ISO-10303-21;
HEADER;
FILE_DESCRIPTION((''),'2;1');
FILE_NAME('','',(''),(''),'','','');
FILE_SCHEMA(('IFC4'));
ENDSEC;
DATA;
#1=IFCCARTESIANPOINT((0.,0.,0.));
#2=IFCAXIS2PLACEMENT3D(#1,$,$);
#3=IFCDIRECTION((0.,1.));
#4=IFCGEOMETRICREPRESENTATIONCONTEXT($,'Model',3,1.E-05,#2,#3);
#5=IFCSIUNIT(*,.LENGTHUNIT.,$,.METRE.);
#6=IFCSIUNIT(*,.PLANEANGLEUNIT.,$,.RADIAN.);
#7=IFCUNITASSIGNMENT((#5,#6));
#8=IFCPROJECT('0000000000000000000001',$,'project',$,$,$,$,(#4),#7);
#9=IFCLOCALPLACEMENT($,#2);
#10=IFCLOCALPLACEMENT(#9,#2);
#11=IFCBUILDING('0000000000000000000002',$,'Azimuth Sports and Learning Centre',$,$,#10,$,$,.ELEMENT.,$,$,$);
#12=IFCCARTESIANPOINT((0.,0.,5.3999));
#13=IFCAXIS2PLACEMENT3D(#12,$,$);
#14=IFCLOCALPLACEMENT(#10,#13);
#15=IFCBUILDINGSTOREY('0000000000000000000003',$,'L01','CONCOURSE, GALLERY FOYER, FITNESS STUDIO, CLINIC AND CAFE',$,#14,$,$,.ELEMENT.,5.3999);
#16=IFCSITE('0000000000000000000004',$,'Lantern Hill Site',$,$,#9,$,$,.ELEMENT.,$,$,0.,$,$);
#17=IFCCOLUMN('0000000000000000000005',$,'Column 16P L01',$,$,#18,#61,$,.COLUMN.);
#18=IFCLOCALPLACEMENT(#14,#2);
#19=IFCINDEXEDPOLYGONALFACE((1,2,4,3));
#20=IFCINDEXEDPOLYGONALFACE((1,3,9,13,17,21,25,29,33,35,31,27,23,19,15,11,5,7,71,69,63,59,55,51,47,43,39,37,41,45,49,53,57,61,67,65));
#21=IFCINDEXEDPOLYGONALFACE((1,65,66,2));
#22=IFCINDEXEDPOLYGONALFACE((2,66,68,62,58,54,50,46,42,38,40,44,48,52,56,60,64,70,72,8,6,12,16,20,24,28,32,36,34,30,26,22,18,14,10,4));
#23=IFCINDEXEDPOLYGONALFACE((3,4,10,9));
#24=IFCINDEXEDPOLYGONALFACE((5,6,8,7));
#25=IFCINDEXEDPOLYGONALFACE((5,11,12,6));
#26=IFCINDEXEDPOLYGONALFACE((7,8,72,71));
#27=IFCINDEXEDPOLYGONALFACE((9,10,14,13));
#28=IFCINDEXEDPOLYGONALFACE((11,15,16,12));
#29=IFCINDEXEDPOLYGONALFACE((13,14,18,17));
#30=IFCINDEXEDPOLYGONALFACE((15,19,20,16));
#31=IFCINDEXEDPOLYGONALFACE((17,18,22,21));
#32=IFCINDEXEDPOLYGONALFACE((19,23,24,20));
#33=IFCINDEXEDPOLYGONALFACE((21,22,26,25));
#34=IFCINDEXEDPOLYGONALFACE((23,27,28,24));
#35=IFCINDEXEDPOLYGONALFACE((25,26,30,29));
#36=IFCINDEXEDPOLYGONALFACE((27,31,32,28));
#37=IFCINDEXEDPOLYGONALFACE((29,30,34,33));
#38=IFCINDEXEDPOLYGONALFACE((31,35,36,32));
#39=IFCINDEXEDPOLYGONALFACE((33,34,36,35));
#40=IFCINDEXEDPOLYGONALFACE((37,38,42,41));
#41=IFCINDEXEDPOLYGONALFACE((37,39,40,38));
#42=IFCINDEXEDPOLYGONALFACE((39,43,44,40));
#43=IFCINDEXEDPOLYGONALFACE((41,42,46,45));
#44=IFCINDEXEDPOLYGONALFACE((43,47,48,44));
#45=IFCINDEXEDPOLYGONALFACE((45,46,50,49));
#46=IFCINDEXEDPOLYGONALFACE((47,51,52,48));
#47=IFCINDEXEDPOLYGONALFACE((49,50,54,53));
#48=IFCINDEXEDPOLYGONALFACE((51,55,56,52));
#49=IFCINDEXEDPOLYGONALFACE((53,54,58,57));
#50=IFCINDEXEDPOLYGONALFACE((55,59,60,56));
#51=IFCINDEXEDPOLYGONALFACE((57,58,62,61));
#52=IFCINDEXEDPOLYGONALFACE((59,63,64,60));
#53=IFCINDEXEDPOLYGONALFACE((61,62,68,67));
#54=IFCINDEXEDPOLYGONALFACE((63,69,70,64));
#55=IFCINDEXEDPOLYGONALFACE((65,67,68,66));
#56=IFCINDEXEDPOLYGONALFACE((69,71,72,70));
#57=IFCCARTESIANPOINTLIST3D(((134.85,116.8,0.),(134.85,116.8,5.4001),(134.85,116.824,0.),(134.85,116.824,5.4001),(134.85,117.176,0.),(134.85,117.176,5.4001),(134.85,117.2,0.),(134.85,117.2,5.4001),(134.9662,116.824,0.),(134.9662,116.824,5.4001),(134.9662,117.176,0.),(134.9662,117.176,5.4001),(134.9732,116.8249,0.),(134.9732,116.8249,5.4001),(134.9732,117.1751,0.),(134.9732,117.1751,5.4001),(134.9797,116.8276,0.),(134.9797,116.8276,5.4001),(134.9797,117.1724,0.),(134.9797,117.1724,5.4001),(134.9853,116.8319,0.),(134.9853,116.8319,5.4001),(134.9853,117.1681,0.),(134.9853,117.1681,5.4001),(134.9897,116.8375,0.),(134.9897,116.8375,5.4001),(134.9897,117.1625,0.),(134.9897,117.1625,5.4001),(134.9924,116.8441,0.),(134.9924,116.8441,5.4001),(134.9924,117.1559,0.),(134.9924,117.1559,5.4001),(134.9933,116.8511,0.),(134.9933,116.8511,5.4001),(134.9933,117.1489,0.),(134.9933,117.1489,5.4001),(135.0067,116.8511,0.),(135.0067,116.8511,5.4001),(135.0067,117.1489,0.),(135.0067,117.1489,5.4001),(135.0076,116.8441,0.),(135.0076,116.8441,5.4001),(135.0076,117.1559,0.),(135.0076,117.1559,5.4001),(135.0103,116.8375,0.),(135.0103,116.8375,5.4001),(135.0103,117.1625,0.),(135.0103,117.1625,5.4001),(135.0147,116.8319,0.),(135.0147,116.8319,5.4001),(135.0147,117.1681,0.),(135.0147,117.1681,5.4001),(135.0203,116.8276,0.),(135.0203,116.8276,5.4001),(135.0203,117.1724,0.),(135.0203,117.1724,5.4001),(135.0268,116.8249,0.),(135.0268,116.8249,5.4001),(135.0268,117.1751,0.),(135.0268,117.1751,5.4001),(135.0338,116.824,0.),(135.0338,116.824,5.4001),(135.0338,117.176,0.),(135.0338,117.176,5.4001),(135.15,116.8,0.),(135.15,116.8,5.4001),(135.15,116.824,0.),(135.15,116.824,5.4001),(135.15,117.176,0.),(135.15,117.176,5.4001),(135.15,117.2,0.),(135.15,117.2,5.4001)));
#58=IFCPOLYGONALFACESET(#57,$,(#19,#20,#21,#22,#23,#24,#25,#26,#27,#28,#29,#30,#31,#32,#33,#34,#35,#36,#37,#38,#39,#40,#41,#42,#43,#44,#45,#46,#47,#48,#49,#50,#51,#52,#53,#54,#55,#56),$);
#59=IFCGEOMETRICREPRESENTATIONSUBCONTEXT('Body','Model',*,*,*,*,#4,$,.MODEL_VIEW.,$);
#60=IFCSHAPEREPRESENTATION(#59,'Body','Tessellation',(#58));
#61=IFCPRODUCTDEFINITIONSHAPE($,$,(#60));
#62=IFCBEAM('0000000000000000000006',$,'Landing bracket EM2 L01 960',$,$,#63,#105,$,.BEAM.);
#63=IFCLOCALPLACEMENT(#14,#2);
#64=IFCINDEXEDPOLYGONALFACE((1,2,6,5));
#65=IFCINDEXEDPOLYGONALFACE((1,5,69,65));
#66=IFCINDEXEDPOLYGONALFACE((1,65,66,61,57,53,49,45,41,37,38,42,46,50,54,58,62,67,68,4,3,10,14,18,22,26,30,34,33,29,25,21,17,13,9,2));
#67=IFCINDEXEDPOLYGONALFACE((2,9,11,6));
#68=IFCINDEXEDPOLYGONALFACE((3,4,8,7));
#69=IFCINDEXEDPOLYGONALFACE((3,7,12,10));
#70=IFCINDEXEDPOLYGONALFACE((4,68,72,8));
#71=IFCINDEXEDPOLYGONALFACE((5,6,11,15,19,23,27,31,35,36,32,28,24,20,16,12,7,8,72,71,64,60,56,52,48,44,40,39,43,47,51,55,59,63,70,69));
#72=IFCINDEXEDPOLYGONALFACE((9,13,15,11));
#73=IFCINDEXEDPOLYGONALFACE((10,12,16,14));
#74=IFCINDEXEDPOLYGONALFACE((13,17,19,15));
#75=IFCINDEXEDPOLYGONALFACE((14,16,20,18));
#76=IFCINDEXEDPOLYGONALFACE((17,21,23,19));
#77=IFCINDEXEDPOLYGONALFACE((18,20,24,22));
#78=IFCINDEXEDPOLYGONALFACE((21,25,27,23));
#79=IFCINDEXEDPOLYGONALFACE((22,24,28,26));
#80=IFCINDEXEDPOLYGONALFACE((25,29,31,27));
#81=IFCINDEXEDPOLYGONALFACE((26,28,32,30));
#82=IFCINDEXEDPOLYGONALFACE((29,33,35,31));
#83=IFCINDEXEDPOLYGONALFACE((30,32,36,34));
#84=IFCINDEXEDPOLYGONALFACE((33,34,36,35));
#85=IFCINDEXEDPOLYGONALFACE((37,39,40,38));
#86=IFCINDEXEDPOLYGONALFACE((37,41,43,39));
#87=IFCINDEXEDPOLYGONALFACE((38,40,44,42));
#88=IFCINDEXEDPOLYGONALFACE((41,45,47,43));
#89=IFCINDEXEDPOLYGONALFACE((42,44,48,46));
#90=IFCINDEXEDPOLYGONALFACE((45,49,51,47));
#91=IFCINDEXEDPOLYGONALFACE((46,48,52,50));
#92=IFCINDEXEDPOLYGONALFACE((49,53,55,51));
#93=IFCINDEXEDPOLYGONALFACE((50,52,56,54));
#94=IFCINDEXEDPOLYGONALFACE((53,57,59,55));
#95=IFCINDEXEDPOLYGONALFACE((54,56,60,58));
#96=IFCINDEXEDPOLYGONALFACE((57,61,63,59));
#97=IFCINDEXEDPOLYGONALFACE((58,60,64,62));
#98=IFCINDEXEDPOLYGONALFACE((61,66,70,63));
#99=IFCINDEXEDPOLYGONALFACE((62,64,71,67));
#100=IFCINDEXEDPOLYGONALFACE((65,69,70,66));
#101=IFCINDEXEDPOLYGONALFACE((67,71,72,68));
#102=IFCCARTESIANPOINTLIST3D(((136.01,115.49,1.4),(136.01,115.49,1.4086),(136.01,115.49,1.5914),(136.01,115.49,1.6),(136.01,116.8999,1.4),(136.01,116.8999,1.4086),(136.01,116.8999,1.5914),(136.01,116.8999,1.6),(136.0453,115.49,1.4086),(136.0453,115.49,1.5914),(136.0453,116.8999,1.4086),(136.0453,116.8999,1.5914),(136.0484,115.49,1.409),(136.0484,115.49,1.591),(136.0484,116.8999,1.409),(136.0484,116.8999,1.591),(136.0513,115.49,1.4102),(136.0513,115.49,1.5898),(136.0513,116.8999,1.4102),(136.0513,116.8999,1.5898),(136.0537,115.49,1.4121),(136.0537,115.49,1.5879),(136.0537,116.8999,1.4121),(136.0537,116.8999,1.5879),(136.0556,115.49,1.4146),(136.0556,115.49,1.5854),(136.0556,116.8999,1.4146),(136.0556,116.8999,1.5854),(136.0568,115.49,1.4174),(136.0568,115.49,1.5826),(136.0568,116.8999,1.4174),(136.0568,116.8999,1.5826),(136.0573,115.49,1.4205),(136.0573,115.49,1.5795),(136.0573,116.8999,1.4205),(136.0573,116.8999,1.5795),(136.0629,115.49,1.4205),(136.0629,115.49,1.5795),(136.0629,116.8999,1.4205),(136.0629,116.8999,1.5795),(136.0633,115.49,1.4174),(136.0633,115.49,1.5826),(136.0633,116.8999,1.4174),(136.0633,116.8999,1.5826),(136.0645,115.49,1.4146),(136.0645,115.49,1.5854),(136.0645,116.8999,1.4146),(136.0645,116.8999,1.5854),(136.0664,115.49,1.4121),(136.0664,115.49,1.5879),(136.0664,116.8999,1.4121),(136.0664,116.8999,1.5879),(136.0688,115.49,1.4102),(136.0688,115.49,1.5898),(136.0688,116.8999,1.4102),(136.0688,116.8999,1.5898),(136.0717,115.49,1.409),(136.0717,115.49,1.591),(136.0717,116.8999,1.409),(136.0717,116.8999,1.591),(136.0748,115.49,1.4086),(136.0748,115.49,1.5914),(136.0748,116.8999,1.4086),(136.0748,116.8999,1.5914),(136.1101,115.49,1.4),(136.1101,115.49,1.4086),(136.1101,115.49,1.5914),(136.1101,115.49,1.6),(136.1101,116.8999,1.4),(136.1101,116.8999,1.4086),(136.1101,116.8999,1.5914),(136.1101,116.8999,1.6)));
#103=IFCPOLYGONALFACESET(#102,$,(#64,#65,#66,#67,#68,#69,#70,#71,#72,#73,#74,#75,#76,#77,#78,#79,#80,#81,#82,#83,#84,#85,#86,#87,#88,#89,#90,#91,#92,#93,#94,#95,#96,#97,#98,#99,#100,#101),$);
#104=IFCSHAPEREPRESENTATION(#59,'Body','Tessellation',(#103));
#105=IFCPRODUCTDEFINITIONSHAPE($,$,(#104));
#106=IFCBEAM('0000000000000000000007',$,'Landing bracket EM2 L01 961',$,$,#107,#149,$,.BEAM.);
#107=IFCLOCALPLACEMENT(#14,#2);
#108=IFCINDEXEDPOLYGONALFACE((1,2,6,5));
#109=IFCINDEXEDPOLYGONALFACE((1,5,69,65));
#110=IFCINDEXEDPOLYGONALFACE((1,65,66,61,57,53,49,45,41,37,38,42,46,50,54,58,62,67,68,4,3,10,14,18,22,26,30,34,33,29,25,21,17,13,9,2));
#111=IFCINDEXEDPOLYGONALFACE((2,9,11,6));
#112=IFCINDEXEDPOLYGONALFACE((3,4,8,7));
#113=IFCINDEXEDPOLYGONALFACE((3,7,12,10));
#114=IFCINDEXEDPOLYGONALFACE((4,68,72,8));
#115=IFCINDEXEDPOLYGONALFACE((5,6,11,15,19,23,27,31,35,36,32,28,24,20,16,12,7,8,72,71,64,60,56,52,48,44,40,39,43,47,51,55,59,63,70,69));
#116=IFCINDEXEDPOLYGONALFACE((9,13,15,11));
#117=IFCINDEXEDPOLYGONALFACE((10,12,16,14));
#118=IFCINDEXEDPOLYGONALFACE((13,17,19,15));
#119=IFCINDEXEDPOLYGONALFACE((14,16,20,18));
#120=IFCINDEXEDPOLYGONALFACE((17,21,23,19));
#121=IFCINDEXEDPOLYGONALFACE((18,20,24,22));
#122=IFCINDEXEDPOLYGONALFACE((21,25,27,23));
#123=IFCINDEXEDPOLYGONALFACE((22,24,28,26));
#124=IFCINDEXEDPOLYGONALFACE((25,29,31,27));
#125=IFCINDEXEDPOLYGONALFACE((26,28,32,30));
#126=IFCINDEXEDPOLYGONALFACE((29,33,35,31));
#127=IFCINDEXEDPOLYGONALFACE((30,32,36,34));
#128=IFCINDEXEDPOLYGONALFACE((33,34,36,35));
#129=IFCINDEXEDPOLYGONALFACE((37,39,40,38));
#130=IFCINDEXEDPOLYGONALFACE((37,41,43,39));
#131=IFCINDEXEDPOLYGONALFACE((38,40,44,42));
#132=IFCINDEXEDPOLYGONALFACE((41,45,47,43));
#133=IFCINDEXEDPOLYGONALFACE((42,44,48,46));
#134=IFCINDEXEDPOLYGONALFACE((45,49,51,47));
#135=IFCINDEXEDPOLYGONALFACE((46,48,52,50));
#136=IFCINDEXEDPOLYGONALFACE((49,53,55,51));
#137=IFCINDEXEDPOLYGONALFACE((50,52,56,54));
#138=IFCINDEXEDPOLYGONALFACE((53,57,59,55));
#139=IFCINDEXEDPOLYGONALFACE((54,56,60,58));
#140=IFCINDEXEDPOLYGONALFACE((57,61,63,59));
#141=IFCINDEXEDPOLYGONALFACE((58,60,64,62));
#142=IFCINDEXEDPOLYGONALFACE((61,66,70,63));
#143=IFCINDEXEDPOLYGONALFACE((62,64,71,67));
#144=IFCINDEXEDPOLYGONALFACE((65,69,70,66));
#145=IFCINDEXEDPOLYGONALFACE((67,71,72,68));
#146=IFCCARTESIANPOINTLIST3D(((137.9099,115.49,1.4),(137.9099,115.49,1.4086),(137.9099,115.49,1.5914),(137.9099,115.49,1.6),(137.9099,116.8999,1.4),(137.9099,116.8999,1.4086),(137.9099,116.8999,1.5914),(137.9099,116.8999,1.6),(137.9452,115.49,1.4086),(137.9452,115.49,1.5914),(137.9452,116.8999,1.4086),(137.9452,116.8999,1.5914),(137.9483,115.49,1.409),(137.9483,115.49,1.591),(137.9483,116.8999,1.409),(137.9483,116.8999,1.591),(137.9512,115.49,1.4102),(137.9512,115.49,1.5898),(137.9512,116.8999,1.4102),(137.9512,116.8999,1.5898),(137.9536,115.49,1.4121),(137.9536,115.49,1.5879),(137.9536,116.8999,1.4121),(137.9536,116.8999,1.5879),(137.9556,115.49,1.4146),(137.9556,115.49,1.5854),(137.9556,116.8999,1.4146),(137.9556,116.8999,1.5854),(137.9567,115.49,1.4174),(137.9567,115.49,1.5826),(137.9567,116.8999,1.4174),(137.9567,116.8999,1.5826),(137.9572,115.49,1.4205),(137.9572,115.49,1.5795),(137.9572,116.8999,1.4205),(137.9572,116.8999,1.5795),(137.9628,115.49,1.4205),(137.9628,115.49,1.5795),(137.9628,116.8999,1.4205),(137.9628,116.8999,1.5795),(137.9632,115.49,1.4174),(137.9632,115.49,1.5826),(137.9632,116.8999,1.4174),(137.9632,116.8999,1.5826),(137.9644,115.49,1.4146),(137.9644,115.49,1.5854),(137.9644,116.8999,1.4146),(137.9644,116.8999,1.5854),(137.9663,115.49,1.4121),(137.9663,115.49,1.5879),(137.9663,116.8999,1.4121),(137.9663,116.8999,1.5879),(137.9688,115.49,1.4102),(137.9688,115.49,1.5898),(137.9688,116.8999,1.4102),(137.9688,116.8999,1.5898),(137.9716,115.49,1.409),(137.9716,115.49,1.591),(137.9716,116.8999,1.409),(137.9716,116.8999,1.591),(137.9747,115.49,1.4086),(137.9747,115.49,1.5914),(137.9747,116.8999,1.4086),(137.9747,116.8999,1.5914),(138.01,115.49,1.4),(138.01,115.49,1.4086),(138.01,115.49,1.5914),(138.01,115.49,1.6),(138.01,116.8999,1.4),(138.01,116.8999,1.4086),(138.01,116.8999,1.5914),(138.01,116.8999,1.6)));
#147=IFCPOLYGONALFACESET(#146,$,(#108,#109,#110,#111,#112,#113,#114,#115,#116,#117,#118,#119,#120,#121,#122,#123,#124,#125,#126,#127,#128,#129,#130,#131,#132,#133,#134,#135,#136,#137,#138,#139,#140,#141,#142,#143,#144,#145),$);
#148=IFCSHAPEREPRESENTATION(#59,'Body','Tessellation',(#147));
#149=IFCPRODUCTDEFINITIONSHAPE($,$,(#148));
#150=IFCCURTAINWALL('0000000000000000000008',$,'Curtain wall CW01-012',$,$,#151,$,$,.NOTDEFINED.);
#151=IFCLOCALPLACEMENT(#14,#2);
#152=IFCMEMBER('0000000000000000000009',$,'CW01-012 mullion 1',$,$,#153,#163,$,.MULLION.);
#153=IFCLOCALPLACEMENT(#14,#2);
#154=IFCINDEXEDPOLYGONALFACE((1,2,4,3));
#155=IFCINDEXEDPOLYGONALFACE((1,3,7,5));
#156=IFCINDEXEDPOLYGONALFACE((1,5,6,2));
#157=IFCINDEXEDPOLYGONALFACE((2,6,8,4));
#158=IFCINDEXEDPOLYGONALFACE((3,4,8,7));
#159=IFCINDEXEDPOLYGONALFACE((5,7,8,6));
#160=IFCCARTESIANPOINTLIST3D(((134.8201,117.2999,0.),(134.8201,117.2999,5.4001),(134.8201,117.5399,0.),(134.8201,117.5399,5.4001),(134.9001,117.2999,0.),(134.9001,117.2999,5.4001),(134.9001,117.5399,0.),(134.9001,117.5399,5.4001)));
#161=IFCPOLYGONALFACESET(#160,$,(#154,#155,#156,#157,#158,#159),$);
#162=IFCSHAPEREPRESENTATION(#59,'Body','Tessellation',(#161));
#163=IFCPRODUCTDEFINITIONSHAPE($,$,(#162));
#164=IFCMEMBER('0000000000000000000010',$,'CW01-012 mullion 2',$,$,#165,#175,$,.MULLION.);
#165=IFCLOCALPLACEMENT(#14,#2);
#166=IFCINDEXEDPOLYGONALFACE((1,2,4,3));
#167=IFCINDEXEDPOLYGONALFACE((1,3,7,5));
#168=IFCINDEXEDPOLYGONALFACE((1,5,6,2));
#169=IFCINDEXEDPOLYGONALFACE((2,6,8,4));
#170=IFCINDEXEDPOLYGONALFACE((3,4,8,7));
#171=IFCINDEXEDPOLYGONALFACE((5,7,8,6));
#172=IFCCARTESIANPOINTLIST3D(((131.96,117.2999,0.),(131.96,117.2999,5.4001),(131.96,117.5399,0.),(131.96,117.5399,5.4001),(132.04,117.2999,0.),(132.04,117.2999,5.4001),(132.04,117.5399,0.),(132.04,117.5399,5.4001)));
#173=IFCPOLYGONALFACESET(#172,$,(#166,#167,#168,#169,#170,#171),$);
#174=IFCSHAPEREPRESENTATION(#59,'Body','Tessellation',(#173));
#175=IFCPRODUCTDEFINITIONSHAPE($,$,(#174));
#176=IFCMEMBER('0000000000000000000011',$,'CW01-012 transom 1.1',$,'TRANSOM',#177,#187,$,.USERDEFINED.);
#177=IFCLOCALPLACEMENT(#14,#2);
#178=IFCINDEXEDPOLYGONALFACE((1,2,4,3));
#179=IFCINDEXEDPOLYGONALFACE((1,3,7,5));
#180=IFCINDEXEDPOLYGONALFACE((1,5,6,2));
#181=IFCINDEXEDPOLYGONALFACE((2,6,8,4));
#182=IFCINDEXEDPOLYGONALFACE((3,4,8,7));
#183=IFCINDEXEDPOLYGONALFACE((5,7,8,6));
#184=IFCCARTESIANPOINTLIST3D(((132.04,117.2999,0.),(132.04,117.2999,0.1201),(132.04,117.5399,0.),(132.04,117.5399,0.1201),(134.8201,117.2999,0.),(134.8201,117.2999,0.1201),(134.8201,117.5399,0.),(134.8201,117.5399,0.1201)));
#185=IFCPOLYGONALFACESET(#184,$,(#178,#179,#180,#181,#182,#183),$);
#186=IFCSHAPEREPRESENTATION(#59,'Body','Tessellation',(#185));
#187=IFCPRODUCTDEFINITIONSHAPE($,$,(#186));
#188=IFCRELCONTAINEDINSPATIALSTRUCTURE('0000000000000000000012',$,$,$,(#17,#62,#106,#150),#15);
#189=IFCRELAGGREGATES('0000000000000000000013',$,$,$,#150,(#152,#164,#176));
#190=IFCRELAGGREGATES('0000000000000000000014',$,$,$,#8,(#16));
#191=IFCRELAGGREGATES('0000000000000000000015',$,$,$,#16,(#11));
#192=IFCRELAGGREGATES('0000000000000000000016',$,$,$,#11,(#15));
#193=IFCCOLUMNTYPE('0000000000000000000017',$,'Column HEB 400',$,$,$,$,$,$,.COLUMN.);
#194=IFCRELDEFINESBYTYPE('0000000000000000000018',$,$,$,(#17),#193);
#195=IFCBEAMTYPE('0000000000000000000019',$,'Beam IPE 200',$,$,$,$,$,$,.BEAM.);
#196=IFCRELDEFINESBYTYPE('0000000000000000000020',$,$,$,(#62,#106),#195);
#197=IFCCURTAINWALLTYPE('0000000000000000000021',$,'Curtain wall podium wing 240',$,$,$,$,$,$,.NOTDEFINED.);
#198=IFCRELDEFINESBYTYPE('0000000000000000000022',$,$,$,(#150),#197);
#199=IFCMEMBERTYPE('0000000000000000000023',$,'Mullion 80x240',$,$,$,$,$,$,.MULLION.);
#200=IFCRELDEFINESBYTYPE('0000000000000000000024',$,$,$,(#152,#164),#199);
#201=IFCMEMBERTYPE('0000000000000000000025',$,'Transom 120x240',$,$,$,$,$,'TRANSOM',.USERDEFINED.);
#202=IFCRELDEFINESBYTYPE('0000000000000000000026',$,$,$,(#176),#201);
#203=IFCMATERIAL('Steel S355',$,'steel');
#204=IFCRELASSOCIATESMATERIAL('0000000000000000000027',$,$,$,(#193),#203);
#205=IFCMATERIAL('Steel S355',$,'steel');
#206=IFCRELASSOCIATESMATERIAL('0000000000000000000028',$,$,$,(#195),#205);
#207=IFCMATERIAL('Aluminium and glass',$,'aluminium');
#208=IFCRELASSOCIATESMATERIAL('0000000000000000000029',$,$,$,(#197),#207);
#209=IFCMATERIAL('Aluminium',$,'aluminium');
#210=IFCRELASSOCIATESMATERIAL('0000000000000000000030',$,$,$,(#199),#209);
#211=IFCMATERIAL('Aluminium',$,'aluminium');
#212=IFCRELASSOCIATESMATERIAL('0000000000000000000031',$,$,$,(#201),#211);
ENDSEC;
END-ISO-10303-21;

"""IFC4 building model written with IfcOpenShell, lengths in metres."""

from ifc_helpers import new_model, si_unit, direction, frame, origin, origin_2d, place, context, subcontext, project, spatial, rectangle, i_section, extrude, material, material_profile, profile_set, type_object, element, aggregate, save


model = new_model("IFC4")

# Units and contexts
model_context = context("Model", 3, precision=1e-05, world=origin(), true_north=direction((0.0, 1.0)))
body_context = subcontext(model_context, "Body", "Model", "MODEL_VIEW")
ifc_project = project(units=[si_unit("LENGTHUNIT", "METRE"), si_unit("PLANEANGLEUNIT", "RADIAN")], contexts=[model_context])

# Site, building, storey
site_placement = place(None, origin())
site = spatial("IfcSite", under=ifc_project, at=site_placement, Name="Lantern Hill Site", CompositionType="ELEMENT", RefElevation=0.0)
building_placement = place(site_placement, origin())
building = spatial("IfcBuilding", under=site, at=building_placement, Name="Azimuth Sports and Learning Centre", CompositionType="ELEMENT")
storey_placement = place(building_placement, frame((0.0, 0.0, 5.3999)))
storey = spatial("IfcBuildingStorey", under=building, at=storey_placement, Name="L01", Description="CONCOURSE, GALLERY FOYER, FITNESS STUDIO, CLINIC AND CAFE", CompositionType="ELEMENT", Elevation=5.3999)

# Column
ifc_material_1 = material(Name="Steel S355", Category="steel")
ifc_material_profile_1 = material_profile(ifc_material_1, i_section(OverallWidth=0.3, OverallDepth=0.3999, WebThickness=0.0134, FlangeThickness=0.0239, FilletRadius=0.0271, at=origin_2d()), Name="HEB 400")
ifc_profile_set_1 = profile_set([ifc_material_profile_1], Name="Steel S355")
column_type = type_object("IfcColumnType", Name="Column HEB 400", PredefinedType="COLUMN", material=ifc_profile_set_1)
column_placement = place(storey_placement, frame((135.0, 117.0, 0.0), z_axis=(0.0, 0.0, 1.0), x_axis=(1.0, 0.0, 0.0)))
element("IfcColumn", 1, at=column_placement, inside=storey, type_object=column_type, Name="Column 16P L01", PredefinedType="COLUMN", context=body_context, shape_type="SweptSolid", body=[
    extrude(i_section(OverallWidth=0.3, OverallDepth=0.3999, WebThickness=0.0134, FlangeThickness=0.0239, FilletRadius=0.0271, at=origin_2d()), origin(), (0.0, 0.0, 1.0), 5.4001),
])

# Beams
ifc_material_2 = material(Name="Steel S355", Category="steel")
ifc_material_profile_2 = material_profile(ifc_material_2, i_section(OverallWidth=0.1001, OverallDepth=0.2, WebThickness=0.0056, FlangeThickness=0.0085, FilletRadius=0.012, at=origin_2d()), Name="IPE 200")
ifc_profile_set_2 = profile_set([ifc_material_profile_2], Name="Steel S355")
beam_type = type_object("IfcBeamType", Name="Beam IPE 200", PredefinedType="BEAM", material=ifc_profile_set_2)
for number, where, z_axis, x_axis, name in (
    (2, (136.0601, 116.8999, 1.5), (0.0, -1.0, 0.0), (1.0, 0.0, 0.0), "Landing bracket EM2 L01 960"),
    (3, (137.96, 116.8999, 1.5), (0.0, -1.0, 0.0), (1.0, 0.0, 0.0), "Landing bracket EM2 L01 961"),
):
    element("IfcBeam", number, at=place(storey_placement, frame(where, z_axis=z_axis, x_axis=x_axis)), inside=storey, type_object=beam_type, Name=name, PredefinedType="BEAM", context=body_context, shape_type="SweptSolid", body=[
        extrude(i_section(OverallWidth=0.1001, OverallDepth=0.2, WebThickness=0.0056, FlangeThickness=0.0085, FilletRadius=0.012, at=origin_2d()), origin(), (0.0, 0.0, 1.0), 1.4099),
    ])

# Curtain wall, members
ifc_material_3 = material(Name="Aluminium and glass", Category="aluminium")
curtain_wall_type = type_object("IfcCurtainWallType", Name="Curtain wall podium wing 240", PredefinedType="NOTDEFINED", material=ifc_material_3)
curtain_wall_placement = place(storey_placement, origin())
curtain_wall = element("IfcCurtainWall", 4, at=curtain_wall_placement, inside=storey, type_object=curtain_wall_type, Name="Curtain wall CW01-012", PredefinedType="NOTDEFINED")
ifc_material_4 = material(Name="Aluminium", Category="aluminium")
ifc_material_profile_3 = material_profile(ifc_material_4, rectangle(XDim=0.24, YDim=0.0801, at=origin_2d()), Name="Mullion 80x240")
ifc_profile_set_3 = profile_set([ifc_material_profile_3], Name="Aluminium")
member_type_1 = type_object("IfcMemberType", Name="Mullion 80x240", PredefinedType="MULLION", material=ifc_profile_set_3)
member_1_placement = place(storey_placement, frame((134.8601, 117.4199, 0.0), z_axis=(0.0, 0.0, 1.0), x_axis=(0.0, -1.0, 0.0)))
member_1 = element("IfcMember", 5, at=member_1_placement, type_object=member_type_1, Name="CW01-012 mullion 1", PredefinedType="MULLION", context=body_context, shape_type="SweptSolid", body=[
    extrude(rectangle(XDim=0.24, YDim=0.0801, at=origin_2d()), origin(), (0.0, 0.0, 1.0), 5.4001),
])
member_2_placement = place(storey_placement, frame((132.0, 117.4199, 0.0), z_axis=(0.0, 0.0, 1.0), x_axis=(0.0, -1.0, 0.0)))
member_2 = element("IfcMember", 6, at=member_2_placement, type_object=member_type_1, Name="CW01-012 mullion 2", PredefinedType="MULLION", context=body_context, shape_type="SweptSolid", body=[
    extrude(rectangle(XDim=0.24, YDim=0.0801, at=origin_2d()), origin(), (0.0, 0.0, 1.0), 5.4001),
])
ifc_material_5 = material(Name="Aluminium", Category="aluminium")
ifc_material_profile_4 = material_profile(ifc_material_5, rectangle(XDim=0.24, YDim=0.1201, at=origin_2d()), Name="Transom 120x240")
ifc_profile_set_4 = profile_set([ifc_material_profile_4], Name="Aluminium")
member_type_2 = type_object("IfcMemberType", Name="Transom 120x240", ElementType="TRANSOM", PredefinedType="USERDEFINED", material=ifc_profile_set_4)
member_3_placement = place(storey_placement, frame((134.8201, 117.4199, 0.0601), z_axis=(-1.0, 0.0, 0.0), x_axis=(0.0, -1.0, 0.0)))
member_3 = element("IfcMember", 7, at=member_3_placement, type_object=member_type_2, Name="CW01-012 transom 1.1", ObjectType="TRANSOM", PredefinedType="USERDEFINED", context=body_context, shape_type="SweptSolid", body=[
    extrude(rectangle(XDim=0.24, YDim=0.1201, at=origin_2d()), origin(), (0.0, 0.0, 1.0), 2.78),
])
aggregate(curtain_wall, [member_1, member_2, member_3])

save(model, "model.ifc")
